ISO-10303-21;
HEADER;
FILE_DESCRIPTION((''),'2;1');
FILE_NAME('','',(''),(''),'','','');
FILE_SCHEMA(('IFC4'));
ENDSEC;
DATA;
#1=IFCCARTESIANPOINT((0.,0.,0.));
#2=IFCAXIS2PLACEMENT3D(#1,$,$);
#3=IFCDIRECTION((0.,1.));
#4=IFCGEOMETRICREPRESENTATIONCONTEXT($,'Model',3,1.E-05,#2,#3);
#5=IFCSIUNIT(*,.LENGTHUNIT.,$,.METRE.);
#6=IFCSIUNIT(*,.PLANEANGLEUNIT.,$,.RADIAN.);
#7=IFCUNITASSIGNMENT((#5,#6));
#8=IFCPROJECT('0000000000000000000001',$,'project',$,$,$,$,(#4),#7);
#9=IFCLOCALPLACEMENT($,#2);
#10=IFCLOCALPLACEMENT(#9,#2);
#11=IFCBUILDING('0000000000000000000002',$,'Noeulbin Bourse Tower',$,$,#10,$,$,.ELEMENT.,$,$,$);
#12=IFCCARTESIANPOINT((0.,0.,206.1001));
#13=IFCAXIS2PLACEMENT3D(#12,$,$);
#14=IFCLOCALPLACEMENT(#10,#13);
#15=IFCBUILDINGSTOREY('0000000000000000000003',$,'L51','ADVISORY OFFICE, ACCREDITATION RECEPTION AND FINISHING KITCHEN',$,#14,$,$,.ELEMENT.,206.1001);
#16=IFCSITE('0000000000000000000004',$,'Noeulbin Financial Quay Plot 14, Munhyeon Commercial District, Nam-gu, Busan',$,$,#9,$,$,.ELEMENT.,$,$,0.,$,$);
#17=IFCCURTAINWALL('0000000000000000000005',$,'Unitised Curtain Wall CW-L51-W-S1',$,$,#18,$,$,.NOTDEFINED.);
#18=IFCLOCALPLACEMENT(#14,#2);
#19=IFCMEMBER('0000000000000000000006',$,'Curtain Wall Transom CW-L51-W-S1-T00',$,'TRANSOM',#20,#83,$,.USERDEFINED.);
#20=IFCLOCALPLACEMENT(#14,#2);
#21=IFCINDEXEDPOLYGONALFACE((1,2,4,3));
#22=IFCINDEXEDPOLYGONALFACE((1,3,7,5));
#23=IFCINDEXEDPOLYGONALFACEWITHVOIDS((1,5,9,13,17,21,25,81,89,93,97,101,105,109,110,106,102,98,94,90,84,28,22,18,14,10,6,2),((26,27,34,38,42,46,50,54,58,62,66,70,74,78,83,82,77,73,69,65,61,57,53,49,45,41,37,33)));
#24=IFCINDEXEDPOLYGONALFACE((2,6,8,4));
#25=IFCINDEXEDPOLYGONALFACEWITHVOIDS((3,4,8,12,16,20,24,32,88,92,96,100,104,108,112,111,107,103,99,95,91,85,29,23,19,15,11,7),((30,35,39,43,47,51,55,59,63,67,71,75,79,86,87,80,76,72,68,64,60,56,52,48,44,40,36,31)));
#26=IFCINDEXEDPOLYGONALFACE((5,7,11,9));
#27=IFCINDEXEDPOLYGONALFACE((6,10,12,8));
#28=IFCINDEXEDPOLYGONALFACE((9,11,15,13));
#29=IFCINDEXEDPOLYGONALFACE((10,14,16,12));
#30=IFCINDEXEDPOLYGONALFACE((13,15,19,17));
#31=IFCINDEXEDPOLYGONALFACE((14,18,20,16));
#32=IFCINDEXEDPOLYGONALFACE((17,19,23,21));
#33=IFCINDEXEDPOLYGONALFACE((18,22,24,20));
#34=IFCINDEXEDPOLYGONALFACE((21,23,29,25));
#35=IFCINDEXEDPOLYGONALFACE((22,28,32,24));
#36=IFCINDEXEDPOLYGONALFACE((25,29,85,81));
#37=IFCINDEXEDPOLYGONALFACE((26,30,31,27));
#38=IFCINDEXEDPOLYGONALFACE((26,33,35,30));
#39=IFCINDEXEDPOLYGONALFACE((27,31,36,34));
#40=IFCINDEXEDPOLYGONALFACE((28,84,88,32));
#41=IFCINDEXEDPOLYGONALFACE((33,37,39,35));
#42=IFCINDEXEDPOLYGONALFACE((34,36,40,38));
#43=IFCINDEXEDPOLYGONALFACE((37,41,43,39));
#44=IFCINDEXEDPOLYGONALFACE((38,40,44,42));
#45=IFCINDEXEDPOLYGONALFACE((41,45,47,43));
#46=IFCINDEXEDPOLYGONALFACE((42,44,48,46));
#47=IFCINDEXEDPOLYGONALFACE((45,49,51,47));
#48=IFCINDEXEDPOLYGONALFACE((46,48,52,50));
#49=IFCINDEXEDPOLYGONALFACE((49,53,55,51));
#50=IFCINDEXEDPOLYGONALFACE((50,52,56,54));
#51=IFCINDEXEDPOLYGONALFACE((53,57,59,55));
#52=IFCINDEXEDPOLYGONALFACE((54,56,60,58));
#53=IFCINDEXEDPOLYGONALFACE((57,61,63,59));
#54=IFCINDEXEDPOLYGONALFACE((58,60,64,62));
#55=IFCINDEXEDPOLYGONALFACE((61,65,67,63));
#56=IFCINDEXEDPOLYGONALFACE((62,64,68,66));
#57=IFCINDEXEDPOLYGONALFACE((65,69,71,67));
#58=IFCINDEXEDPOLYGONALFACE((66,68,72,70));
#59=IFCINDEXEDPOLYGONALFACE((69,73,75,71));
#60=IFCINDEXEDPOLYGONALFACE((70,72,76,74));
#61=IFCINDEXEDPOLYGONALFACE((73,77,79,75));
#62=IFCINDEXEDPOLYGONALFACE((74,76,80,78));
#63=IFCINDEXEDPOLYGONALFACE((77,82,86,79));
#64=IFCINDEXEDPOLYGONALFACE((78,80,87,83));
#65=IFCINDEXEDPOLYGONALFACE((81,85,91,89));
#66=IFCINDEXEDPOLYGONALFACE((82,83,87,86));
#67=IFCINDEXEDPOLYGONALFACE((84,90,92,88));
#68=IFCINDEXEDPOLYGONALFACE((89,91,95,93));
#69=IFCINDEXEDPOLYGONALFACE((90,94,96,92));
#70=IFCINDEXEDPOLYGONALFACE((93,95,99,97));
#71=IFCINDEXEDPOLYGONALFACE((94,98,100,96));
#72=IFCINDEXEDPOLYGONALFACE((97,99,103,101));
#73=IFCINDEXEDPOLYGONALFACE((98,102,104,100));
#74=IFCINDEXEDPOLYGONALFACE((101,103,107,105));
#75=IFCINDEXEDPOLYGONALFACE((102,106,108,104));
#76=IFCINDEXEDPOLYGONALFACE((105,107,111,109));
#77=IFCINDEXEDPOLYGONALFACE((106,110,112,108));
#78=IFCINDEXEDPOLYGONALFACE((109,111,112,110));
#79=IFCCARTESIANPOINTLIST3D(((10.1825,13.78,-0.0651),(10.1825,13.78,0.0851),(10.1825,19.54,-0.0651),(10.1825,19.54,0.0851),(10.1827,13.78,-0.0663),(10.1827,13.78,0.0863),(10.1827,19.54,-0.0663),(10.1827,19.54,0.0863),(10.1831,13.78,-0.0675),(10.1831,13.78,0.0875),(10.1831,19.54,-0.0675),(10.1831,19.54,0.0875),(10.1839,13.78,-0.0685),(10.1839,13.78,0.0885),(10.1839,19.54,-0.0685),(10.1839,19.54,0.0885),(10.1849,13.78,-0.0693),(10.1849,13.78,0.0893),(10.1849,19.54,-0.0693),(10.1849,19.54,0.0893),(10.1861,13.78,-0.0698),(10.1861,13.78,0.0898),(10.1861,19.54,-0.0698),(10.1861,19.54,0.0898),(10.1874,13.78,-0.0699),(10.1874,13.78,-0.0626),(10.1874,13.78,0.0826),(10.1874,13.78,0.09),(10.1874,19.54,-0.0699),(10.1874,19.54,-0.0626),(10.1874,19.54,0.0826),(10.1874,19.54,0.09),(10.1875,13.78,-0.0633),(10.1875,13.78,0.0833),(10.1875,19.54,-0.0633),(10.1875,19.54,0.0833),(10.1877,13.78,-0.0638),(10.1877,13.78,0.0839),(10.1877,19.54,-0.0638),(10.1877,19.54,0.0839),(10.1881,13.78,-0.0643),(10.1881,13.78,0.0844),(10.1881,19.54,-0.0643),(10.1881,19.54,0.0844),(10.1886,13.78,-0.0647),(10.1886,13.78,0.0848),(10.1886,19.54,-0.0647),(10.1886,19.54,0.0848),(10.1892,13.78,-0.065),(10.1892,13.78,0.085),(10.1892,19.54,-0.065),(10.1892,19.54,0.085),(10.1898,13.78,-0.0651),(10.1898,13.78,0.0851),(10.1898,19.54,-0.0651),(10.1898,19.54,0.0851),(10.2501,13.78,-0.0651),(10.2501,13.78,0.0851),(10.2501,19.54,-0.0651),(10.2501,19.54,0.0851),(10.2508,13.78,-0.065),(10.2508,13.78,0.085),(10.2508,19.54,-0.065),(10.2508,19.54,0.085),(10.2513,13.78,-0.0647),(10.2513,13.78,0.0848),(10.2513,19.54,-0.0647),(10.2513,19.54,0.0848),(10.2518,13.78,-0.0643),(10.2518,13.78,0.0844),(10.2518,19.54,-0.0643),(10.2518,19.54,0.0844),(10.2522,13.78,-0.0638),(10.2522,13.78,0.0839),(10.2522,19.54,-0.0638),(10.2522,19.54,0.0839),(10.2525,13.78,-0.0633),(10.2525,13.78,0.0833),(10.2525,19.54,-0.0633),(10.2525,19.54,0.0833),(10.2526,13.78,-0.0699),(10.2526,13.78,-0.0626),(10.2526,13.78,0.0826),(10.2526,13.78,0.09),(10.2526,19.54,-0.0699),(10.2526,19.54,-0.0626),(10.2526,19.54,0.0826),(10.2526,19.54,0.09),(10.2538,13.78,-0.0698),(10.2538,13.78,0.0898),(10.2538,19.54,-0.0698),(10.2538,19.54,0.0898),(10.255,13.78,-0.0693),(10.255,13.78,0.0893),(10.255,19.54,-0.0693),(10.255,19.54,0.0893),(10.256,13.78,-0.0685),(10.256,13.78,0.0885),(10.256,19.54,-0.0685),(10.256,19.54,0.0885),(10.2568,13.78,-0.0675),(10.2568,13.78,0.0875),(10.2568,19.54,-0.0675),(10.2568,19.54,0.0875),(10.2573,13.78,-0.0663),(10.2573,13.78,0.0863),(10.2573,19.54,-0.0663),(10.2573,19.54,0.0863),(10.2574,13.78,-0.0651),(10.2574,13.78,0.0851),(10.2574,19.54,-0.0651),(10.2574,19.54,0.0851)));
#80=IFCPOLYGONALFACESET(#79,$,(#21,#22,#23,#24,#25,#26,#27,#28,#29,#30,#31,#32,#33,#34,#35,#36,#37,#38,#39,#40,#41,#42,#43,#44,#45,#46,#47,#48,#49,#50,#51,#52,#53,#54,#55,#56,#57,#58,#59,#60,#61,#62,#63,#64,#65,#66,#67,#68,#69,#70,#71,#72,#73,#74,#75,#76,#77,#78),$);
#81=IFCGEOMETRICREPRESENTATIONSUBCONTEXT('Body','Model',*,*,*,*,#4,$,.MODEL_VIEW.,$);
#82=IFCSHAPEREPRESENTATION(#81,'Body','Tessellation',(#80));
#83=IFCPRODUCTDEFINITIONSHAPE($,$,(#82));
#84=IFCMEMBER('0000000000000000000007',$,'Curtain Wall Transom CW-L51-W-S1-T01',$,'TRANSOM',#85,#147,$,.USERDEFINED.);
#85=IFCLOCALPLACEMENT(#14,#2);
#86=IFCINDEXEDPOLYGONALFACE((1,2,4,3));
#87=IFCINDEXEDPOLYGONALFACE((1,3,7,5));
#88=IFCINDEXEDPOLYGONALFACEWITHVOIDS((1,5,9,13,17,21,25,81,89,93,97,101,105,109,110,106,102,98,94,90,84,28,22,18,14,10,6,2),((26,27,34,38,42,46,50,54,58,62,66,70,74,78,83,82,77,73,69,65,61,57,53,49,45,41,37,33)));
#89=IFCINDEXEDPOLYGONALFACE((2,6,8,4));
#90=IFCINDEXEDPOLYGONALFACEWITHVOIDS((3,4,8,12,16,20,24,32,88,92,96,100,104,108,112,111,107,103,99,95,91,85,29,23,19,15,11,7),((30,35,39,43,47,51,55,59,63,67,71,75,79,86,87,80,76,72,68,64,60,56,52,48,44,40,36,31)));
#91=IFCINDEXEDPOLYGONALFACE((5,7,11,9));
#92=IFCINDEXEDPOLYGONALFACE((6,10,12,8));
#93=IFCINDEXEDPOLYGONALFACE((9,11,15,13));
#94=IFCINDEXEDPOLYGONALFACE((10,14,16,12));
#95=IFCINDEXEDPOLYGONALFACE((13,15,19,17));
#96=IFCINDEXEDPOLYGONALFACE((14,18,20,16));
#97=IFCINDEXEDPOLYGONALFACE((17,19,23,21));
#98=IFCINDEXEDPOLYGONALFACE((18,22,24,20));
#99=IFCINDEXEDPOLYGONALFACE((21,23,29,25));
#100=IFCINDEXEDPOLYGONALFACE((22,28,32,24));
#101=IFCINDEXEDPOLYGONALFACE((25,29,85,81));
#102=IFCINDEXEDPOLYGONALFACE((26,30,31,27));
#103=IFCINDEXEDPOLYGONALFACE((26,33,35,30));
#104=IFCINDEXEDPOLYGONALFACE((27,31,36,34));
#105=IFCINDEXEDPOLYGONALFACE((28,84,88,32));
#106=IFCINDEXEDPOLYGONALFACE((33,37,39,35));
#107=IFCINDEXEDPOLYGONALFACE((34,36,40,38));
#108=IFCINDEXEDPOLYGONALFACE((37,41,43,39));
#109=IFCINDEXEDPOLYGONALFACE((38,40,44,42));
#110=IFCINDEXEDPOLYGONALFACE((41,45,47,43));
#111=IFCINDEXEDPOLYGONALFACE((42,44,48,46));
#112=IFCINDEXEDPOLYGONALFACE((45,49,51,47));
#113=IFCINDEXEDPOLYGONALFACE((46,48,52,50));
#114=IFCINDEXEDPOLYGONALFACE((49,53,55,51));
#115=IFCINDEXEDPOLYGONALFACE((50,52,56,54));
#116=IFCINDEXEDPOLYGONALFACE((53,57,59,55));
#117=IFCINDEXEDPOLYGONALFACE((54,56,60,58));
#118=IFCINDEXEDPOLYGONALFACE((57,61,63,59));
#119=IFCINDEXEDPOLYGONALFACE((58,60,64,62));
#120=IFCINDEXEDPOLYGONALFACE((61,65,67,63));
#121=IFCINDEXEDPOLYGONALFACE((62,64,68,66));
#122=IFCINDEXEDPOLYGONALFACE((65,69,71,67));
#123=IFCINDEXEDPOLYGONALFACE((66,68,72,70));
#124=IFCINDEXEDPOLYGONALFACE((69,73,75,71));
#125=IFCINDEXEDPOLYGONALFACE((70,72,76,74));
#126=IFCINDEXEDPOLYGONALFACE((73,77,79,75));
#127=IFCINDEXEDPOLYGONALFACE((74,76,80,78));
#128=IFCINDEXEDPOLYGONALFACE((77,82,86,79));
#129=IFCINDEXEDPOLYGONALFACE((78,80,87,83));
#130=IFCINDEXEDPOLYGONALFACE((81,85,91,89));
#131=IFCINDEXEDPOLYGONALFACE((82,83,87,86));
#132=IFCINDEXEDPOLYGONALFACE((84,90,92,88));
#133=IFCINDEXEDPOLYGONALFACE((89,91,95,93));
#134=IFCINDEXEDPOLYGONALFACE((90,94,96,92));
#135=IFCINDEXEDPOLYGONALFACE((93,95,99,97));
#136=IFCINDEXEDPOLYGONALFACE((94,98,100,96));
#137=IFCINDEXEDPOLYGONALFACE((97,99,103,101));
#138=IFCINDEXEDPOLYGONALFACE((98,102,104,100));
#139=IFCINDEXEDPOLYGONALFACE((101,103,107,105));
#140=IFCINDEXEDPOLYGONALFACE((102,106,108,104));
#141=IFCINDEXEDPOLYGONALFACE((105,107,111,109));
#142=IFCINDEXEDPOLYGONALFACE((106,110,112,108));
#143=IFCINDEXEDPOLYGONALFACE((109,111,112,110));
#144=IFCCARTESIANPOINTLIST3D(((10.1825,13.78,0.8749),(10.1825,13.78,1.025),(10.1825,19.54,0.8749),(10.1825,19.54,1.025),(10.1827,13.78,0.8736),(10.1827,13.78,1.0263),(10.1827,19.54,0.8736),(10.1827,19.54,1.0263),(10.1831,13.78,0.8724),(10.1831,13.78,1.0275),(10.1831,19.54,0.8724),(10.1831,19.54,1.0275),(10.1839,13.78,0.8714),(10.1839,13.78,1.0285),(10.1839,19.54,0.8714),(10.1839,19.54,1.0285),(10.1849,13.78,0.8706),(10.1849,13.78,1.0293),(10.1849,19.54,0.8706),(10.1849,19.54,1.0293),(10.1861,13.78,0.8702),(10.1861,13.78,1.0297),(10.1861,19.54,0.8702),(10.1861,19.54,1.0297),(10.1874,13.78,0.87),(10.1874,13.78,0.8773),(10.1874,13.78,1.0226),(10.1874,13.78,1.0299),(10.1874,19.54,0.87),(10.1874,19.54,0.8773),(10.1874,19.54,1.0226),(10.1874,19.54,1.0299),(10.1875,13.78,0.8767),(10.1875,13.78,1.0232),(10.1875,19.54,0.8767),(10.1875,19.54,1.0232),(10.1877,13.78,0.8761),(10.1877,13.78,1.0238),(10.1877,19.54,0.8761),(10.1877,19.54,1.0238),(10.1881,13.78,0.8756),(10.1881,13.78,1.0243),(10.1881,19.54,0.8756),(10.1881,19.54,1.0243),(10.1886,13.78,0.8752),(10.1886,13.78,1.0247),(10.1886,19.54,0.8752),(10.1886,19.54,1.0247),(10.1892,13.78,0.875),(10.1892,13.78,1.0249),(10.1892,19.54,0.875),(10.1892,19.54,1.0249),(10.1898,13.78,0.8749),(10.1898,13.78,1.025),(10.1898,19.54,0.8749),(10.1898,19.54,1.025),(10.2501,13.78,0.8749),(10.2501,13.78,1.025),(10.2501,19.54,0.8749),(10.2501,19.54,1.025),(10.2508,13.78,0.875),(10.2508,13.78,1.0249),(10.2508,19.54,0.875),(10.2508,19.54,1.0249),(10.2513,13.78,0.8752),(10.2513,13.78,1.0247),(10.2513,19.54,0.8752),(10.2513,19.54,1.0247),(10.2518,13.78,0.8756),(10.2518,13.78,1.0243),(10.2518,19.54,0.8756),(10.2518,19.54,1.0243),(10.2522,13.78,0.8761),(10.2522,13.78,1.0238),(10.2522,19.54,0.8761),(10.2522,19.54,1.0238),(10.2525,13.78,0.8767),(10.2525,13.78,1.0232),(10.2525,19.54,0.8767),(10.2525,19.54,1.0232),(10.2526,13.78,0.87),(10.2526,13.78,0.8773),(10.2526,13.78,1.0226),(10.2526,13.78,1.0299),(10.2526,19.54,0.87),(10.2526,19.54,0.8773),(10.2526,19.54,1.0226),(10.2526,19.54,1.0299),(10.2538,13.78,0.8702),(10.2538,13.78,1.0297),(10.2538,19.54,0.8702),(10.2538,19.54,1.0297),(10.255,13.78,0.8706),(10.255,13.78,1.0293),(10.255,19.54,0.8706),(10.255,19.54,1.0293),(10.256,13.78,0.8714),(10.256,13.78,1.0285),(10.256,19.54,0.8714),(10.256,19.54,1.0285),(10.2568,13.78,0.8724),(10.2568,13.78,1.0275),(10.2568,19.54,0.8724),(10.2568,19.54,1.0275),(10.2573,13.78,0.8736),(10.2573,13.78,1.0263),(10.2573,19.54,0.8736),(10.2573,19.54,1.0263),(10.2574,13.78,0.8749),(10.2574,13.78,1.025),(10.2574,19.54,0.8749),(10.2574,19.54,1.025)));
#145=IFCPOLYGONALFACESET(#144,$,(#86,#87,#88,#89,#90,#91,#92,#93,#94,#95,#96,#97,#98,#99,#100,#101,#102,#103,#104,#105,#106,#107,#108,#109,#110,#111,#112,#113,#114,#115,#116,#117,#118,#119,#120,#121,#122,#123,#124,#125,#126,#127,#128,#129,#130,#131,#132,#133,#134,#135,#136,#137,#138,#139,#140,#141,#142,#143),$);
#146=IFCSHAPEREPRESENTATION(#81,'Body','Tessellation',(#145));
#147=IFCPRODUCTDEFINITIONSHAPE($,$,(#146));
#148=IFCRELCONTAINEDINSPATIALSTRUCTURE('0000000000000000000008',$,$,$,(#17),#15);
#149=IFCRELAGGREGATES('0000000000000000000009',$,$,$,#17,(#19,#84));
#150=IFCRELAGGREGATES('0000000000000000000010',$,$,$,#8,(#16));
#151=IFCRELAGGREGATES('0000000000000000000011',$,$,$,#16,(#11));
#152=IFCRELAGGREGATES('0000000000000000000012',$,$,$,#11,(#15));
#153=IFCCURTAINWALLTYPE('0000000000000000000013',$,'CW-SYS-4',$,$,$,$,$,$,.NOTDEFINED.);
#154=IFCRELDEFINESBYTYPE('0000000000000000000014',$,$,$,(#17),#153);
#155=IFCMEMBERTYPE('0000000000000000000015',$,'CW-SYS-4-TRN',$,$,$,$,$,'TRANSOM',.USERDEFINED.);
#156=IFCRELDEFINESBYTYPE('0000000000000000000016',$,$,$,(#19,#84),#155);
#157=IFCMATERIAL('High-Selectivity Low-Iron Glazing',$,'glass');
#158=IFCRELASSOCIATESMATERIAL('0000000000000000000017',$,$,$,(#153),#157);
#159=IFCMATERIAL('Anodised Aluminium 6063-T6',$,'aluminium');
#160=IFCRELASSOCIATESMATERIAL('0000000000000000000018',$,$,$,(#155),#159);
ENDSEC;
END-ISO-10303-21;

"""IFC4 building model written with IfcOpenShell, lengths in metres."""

from ifc_helpers import new_model, si_unit, direction, frame, origin, origin_2d, place, context, subcontext, project, spatial, hollow_rectangle, extrude, material, material_profile, profile_set, type_object, element, aggregate, save


model = new_model("IFC4")

# Units and contexts
model_context = context("Model", 3, precision=1e-05, world=origin(), true_north=direction((0.0, 1.0)))
body_context = subcontext(model_context, "Body", "Model", "MODEL_VIEW")
ifc_project = project(units=[si_unit("LENGTHUNIT", "METRE"), si_unit("PLANEANGLEUNIT", "RADIAN")], contexts=[model_context])

# Site, building, storey
site_placement = place(None, origin())
site = spatial("IfcSite", under=ifc_project, at=site_placement, Name="Noeulbin Financial Quay Plot 14, Munhyeon Commercial District, Nam-gu, Busan", CompositionType="ELEMENT", RefElevation=0.0)
building_placement = place(site_placement, origin())
building = spatial("IfcBuilding", under=site, at=building_placement, Name="Noeulbin Bourse Tower", CompositionType="ELEMENT")
storey_placement = place(building_placement, frame((0.0, 0.0, 206.1001)))
storey = spatial("IfcBuildingStorey", under=building, at=storey_placement, Name="L51", Description="ADVISORY OFFICE, ACCREDITATION RECEPTION AND FINISHING KITCHEN", CompositionType="ELEMENT", Elevation=206.1001)

# Curtain wall, members
ifc_material_1 = material(Name="High-Selectivity Low-Iron Glazing", Category="glass")
curtain_wall_type = type_object("IfcCurtainWallType", Name="CW-SYS-4", PredefinedType="NOTDEFINED", material=ifc_material_1)
curtain_wall_placement = place(storey_placement, origin())
curtain_wall = element("IfcCurtainWall", 1, at=curtain_wall_placement, inside=storey, type_object=curtain_wall_type, Name="Unitised Curtain Wall CW-L51-W-S1", PredefinedType="NOTDEFINED")
ifc_material_2 = material(Name="Anodised Aluminium 6063-T6", Category="aluminium")
ifc_material_profile_1 = material_profile(ifc_material_2, hollow_rectangle(XDim=0.075, YDim=0.1599, WallThickness=0.0049, InnerFilletRadius=0.0024, OuterFilletRadius=0.0049, at=origin_2d()), Name="ALU-TRAN-75x160x5", Category="LoadBearing")
ifc_profile_set_1 = profile_set([ifc_material_profile_1], Name="Anodised Aluminium 6063-T6")
member_type_1 = type_object("IfcMemberType", Name="CW-SYS-4-TRN", ElementType="TRANSOM", PredefinedType="USERDEFINED", material=ifc_profile_set_1)
member_1_placement = place(storey_placement, frame((10.22, 13.78, 0.01), z_axis=(0.0, 1.0, 0.0), x_axis=(-1.0, 0.0, 0.0)))
member_1 = element("IfcMember", 2, at=member_1_placement, type_object=member_type_1, Name="Curtain Wall Transom CW-L51-W-S1-T00", ObjectType="TRANSOM", PredefinedType="USERDEFINED", context=body_context, shape_type="SweptSolid", body=[
    extrude(hollow_rectangle(XDim=0.075, YDim=0.1599, WallThickness=0.0049, InnerFilletRadius=0.0024, OuterFilletRadius=0.0049, at=origin_2d()), origin(), (0.0, 0.0, 1.0), 5.76),
])
member_2_placement = place(storey_placement, frame((10.22, 13.78, 0.95), z_axis=(0.0, 1.0, 0.0), x_axis=(-1.0, 0.0, 0.0)))
member_2 = element("IfcMember", 3, at=member_2_placement, type_object=member_type_1, Name="Curtain Wall Transom CW-L51-W-S1-T01", ObjectType="TRANSOM", PredefinedType="USERDEFINED", context=body_context, shape_type="SweptSolid", body=[
    extrude(hollow_rectangle(XDim=0.075, YDim=0.1599, WallThickness=0.0049, InnerFilletRadius=0.0024, OuterFilletRadius=0.0049, at=origin_2d()), origin(), (0.0, 0.0, 1.0), 5.76),
])
aggregate(curtain_wall, [member_1, member_2])

save(model, "model.ifc")
